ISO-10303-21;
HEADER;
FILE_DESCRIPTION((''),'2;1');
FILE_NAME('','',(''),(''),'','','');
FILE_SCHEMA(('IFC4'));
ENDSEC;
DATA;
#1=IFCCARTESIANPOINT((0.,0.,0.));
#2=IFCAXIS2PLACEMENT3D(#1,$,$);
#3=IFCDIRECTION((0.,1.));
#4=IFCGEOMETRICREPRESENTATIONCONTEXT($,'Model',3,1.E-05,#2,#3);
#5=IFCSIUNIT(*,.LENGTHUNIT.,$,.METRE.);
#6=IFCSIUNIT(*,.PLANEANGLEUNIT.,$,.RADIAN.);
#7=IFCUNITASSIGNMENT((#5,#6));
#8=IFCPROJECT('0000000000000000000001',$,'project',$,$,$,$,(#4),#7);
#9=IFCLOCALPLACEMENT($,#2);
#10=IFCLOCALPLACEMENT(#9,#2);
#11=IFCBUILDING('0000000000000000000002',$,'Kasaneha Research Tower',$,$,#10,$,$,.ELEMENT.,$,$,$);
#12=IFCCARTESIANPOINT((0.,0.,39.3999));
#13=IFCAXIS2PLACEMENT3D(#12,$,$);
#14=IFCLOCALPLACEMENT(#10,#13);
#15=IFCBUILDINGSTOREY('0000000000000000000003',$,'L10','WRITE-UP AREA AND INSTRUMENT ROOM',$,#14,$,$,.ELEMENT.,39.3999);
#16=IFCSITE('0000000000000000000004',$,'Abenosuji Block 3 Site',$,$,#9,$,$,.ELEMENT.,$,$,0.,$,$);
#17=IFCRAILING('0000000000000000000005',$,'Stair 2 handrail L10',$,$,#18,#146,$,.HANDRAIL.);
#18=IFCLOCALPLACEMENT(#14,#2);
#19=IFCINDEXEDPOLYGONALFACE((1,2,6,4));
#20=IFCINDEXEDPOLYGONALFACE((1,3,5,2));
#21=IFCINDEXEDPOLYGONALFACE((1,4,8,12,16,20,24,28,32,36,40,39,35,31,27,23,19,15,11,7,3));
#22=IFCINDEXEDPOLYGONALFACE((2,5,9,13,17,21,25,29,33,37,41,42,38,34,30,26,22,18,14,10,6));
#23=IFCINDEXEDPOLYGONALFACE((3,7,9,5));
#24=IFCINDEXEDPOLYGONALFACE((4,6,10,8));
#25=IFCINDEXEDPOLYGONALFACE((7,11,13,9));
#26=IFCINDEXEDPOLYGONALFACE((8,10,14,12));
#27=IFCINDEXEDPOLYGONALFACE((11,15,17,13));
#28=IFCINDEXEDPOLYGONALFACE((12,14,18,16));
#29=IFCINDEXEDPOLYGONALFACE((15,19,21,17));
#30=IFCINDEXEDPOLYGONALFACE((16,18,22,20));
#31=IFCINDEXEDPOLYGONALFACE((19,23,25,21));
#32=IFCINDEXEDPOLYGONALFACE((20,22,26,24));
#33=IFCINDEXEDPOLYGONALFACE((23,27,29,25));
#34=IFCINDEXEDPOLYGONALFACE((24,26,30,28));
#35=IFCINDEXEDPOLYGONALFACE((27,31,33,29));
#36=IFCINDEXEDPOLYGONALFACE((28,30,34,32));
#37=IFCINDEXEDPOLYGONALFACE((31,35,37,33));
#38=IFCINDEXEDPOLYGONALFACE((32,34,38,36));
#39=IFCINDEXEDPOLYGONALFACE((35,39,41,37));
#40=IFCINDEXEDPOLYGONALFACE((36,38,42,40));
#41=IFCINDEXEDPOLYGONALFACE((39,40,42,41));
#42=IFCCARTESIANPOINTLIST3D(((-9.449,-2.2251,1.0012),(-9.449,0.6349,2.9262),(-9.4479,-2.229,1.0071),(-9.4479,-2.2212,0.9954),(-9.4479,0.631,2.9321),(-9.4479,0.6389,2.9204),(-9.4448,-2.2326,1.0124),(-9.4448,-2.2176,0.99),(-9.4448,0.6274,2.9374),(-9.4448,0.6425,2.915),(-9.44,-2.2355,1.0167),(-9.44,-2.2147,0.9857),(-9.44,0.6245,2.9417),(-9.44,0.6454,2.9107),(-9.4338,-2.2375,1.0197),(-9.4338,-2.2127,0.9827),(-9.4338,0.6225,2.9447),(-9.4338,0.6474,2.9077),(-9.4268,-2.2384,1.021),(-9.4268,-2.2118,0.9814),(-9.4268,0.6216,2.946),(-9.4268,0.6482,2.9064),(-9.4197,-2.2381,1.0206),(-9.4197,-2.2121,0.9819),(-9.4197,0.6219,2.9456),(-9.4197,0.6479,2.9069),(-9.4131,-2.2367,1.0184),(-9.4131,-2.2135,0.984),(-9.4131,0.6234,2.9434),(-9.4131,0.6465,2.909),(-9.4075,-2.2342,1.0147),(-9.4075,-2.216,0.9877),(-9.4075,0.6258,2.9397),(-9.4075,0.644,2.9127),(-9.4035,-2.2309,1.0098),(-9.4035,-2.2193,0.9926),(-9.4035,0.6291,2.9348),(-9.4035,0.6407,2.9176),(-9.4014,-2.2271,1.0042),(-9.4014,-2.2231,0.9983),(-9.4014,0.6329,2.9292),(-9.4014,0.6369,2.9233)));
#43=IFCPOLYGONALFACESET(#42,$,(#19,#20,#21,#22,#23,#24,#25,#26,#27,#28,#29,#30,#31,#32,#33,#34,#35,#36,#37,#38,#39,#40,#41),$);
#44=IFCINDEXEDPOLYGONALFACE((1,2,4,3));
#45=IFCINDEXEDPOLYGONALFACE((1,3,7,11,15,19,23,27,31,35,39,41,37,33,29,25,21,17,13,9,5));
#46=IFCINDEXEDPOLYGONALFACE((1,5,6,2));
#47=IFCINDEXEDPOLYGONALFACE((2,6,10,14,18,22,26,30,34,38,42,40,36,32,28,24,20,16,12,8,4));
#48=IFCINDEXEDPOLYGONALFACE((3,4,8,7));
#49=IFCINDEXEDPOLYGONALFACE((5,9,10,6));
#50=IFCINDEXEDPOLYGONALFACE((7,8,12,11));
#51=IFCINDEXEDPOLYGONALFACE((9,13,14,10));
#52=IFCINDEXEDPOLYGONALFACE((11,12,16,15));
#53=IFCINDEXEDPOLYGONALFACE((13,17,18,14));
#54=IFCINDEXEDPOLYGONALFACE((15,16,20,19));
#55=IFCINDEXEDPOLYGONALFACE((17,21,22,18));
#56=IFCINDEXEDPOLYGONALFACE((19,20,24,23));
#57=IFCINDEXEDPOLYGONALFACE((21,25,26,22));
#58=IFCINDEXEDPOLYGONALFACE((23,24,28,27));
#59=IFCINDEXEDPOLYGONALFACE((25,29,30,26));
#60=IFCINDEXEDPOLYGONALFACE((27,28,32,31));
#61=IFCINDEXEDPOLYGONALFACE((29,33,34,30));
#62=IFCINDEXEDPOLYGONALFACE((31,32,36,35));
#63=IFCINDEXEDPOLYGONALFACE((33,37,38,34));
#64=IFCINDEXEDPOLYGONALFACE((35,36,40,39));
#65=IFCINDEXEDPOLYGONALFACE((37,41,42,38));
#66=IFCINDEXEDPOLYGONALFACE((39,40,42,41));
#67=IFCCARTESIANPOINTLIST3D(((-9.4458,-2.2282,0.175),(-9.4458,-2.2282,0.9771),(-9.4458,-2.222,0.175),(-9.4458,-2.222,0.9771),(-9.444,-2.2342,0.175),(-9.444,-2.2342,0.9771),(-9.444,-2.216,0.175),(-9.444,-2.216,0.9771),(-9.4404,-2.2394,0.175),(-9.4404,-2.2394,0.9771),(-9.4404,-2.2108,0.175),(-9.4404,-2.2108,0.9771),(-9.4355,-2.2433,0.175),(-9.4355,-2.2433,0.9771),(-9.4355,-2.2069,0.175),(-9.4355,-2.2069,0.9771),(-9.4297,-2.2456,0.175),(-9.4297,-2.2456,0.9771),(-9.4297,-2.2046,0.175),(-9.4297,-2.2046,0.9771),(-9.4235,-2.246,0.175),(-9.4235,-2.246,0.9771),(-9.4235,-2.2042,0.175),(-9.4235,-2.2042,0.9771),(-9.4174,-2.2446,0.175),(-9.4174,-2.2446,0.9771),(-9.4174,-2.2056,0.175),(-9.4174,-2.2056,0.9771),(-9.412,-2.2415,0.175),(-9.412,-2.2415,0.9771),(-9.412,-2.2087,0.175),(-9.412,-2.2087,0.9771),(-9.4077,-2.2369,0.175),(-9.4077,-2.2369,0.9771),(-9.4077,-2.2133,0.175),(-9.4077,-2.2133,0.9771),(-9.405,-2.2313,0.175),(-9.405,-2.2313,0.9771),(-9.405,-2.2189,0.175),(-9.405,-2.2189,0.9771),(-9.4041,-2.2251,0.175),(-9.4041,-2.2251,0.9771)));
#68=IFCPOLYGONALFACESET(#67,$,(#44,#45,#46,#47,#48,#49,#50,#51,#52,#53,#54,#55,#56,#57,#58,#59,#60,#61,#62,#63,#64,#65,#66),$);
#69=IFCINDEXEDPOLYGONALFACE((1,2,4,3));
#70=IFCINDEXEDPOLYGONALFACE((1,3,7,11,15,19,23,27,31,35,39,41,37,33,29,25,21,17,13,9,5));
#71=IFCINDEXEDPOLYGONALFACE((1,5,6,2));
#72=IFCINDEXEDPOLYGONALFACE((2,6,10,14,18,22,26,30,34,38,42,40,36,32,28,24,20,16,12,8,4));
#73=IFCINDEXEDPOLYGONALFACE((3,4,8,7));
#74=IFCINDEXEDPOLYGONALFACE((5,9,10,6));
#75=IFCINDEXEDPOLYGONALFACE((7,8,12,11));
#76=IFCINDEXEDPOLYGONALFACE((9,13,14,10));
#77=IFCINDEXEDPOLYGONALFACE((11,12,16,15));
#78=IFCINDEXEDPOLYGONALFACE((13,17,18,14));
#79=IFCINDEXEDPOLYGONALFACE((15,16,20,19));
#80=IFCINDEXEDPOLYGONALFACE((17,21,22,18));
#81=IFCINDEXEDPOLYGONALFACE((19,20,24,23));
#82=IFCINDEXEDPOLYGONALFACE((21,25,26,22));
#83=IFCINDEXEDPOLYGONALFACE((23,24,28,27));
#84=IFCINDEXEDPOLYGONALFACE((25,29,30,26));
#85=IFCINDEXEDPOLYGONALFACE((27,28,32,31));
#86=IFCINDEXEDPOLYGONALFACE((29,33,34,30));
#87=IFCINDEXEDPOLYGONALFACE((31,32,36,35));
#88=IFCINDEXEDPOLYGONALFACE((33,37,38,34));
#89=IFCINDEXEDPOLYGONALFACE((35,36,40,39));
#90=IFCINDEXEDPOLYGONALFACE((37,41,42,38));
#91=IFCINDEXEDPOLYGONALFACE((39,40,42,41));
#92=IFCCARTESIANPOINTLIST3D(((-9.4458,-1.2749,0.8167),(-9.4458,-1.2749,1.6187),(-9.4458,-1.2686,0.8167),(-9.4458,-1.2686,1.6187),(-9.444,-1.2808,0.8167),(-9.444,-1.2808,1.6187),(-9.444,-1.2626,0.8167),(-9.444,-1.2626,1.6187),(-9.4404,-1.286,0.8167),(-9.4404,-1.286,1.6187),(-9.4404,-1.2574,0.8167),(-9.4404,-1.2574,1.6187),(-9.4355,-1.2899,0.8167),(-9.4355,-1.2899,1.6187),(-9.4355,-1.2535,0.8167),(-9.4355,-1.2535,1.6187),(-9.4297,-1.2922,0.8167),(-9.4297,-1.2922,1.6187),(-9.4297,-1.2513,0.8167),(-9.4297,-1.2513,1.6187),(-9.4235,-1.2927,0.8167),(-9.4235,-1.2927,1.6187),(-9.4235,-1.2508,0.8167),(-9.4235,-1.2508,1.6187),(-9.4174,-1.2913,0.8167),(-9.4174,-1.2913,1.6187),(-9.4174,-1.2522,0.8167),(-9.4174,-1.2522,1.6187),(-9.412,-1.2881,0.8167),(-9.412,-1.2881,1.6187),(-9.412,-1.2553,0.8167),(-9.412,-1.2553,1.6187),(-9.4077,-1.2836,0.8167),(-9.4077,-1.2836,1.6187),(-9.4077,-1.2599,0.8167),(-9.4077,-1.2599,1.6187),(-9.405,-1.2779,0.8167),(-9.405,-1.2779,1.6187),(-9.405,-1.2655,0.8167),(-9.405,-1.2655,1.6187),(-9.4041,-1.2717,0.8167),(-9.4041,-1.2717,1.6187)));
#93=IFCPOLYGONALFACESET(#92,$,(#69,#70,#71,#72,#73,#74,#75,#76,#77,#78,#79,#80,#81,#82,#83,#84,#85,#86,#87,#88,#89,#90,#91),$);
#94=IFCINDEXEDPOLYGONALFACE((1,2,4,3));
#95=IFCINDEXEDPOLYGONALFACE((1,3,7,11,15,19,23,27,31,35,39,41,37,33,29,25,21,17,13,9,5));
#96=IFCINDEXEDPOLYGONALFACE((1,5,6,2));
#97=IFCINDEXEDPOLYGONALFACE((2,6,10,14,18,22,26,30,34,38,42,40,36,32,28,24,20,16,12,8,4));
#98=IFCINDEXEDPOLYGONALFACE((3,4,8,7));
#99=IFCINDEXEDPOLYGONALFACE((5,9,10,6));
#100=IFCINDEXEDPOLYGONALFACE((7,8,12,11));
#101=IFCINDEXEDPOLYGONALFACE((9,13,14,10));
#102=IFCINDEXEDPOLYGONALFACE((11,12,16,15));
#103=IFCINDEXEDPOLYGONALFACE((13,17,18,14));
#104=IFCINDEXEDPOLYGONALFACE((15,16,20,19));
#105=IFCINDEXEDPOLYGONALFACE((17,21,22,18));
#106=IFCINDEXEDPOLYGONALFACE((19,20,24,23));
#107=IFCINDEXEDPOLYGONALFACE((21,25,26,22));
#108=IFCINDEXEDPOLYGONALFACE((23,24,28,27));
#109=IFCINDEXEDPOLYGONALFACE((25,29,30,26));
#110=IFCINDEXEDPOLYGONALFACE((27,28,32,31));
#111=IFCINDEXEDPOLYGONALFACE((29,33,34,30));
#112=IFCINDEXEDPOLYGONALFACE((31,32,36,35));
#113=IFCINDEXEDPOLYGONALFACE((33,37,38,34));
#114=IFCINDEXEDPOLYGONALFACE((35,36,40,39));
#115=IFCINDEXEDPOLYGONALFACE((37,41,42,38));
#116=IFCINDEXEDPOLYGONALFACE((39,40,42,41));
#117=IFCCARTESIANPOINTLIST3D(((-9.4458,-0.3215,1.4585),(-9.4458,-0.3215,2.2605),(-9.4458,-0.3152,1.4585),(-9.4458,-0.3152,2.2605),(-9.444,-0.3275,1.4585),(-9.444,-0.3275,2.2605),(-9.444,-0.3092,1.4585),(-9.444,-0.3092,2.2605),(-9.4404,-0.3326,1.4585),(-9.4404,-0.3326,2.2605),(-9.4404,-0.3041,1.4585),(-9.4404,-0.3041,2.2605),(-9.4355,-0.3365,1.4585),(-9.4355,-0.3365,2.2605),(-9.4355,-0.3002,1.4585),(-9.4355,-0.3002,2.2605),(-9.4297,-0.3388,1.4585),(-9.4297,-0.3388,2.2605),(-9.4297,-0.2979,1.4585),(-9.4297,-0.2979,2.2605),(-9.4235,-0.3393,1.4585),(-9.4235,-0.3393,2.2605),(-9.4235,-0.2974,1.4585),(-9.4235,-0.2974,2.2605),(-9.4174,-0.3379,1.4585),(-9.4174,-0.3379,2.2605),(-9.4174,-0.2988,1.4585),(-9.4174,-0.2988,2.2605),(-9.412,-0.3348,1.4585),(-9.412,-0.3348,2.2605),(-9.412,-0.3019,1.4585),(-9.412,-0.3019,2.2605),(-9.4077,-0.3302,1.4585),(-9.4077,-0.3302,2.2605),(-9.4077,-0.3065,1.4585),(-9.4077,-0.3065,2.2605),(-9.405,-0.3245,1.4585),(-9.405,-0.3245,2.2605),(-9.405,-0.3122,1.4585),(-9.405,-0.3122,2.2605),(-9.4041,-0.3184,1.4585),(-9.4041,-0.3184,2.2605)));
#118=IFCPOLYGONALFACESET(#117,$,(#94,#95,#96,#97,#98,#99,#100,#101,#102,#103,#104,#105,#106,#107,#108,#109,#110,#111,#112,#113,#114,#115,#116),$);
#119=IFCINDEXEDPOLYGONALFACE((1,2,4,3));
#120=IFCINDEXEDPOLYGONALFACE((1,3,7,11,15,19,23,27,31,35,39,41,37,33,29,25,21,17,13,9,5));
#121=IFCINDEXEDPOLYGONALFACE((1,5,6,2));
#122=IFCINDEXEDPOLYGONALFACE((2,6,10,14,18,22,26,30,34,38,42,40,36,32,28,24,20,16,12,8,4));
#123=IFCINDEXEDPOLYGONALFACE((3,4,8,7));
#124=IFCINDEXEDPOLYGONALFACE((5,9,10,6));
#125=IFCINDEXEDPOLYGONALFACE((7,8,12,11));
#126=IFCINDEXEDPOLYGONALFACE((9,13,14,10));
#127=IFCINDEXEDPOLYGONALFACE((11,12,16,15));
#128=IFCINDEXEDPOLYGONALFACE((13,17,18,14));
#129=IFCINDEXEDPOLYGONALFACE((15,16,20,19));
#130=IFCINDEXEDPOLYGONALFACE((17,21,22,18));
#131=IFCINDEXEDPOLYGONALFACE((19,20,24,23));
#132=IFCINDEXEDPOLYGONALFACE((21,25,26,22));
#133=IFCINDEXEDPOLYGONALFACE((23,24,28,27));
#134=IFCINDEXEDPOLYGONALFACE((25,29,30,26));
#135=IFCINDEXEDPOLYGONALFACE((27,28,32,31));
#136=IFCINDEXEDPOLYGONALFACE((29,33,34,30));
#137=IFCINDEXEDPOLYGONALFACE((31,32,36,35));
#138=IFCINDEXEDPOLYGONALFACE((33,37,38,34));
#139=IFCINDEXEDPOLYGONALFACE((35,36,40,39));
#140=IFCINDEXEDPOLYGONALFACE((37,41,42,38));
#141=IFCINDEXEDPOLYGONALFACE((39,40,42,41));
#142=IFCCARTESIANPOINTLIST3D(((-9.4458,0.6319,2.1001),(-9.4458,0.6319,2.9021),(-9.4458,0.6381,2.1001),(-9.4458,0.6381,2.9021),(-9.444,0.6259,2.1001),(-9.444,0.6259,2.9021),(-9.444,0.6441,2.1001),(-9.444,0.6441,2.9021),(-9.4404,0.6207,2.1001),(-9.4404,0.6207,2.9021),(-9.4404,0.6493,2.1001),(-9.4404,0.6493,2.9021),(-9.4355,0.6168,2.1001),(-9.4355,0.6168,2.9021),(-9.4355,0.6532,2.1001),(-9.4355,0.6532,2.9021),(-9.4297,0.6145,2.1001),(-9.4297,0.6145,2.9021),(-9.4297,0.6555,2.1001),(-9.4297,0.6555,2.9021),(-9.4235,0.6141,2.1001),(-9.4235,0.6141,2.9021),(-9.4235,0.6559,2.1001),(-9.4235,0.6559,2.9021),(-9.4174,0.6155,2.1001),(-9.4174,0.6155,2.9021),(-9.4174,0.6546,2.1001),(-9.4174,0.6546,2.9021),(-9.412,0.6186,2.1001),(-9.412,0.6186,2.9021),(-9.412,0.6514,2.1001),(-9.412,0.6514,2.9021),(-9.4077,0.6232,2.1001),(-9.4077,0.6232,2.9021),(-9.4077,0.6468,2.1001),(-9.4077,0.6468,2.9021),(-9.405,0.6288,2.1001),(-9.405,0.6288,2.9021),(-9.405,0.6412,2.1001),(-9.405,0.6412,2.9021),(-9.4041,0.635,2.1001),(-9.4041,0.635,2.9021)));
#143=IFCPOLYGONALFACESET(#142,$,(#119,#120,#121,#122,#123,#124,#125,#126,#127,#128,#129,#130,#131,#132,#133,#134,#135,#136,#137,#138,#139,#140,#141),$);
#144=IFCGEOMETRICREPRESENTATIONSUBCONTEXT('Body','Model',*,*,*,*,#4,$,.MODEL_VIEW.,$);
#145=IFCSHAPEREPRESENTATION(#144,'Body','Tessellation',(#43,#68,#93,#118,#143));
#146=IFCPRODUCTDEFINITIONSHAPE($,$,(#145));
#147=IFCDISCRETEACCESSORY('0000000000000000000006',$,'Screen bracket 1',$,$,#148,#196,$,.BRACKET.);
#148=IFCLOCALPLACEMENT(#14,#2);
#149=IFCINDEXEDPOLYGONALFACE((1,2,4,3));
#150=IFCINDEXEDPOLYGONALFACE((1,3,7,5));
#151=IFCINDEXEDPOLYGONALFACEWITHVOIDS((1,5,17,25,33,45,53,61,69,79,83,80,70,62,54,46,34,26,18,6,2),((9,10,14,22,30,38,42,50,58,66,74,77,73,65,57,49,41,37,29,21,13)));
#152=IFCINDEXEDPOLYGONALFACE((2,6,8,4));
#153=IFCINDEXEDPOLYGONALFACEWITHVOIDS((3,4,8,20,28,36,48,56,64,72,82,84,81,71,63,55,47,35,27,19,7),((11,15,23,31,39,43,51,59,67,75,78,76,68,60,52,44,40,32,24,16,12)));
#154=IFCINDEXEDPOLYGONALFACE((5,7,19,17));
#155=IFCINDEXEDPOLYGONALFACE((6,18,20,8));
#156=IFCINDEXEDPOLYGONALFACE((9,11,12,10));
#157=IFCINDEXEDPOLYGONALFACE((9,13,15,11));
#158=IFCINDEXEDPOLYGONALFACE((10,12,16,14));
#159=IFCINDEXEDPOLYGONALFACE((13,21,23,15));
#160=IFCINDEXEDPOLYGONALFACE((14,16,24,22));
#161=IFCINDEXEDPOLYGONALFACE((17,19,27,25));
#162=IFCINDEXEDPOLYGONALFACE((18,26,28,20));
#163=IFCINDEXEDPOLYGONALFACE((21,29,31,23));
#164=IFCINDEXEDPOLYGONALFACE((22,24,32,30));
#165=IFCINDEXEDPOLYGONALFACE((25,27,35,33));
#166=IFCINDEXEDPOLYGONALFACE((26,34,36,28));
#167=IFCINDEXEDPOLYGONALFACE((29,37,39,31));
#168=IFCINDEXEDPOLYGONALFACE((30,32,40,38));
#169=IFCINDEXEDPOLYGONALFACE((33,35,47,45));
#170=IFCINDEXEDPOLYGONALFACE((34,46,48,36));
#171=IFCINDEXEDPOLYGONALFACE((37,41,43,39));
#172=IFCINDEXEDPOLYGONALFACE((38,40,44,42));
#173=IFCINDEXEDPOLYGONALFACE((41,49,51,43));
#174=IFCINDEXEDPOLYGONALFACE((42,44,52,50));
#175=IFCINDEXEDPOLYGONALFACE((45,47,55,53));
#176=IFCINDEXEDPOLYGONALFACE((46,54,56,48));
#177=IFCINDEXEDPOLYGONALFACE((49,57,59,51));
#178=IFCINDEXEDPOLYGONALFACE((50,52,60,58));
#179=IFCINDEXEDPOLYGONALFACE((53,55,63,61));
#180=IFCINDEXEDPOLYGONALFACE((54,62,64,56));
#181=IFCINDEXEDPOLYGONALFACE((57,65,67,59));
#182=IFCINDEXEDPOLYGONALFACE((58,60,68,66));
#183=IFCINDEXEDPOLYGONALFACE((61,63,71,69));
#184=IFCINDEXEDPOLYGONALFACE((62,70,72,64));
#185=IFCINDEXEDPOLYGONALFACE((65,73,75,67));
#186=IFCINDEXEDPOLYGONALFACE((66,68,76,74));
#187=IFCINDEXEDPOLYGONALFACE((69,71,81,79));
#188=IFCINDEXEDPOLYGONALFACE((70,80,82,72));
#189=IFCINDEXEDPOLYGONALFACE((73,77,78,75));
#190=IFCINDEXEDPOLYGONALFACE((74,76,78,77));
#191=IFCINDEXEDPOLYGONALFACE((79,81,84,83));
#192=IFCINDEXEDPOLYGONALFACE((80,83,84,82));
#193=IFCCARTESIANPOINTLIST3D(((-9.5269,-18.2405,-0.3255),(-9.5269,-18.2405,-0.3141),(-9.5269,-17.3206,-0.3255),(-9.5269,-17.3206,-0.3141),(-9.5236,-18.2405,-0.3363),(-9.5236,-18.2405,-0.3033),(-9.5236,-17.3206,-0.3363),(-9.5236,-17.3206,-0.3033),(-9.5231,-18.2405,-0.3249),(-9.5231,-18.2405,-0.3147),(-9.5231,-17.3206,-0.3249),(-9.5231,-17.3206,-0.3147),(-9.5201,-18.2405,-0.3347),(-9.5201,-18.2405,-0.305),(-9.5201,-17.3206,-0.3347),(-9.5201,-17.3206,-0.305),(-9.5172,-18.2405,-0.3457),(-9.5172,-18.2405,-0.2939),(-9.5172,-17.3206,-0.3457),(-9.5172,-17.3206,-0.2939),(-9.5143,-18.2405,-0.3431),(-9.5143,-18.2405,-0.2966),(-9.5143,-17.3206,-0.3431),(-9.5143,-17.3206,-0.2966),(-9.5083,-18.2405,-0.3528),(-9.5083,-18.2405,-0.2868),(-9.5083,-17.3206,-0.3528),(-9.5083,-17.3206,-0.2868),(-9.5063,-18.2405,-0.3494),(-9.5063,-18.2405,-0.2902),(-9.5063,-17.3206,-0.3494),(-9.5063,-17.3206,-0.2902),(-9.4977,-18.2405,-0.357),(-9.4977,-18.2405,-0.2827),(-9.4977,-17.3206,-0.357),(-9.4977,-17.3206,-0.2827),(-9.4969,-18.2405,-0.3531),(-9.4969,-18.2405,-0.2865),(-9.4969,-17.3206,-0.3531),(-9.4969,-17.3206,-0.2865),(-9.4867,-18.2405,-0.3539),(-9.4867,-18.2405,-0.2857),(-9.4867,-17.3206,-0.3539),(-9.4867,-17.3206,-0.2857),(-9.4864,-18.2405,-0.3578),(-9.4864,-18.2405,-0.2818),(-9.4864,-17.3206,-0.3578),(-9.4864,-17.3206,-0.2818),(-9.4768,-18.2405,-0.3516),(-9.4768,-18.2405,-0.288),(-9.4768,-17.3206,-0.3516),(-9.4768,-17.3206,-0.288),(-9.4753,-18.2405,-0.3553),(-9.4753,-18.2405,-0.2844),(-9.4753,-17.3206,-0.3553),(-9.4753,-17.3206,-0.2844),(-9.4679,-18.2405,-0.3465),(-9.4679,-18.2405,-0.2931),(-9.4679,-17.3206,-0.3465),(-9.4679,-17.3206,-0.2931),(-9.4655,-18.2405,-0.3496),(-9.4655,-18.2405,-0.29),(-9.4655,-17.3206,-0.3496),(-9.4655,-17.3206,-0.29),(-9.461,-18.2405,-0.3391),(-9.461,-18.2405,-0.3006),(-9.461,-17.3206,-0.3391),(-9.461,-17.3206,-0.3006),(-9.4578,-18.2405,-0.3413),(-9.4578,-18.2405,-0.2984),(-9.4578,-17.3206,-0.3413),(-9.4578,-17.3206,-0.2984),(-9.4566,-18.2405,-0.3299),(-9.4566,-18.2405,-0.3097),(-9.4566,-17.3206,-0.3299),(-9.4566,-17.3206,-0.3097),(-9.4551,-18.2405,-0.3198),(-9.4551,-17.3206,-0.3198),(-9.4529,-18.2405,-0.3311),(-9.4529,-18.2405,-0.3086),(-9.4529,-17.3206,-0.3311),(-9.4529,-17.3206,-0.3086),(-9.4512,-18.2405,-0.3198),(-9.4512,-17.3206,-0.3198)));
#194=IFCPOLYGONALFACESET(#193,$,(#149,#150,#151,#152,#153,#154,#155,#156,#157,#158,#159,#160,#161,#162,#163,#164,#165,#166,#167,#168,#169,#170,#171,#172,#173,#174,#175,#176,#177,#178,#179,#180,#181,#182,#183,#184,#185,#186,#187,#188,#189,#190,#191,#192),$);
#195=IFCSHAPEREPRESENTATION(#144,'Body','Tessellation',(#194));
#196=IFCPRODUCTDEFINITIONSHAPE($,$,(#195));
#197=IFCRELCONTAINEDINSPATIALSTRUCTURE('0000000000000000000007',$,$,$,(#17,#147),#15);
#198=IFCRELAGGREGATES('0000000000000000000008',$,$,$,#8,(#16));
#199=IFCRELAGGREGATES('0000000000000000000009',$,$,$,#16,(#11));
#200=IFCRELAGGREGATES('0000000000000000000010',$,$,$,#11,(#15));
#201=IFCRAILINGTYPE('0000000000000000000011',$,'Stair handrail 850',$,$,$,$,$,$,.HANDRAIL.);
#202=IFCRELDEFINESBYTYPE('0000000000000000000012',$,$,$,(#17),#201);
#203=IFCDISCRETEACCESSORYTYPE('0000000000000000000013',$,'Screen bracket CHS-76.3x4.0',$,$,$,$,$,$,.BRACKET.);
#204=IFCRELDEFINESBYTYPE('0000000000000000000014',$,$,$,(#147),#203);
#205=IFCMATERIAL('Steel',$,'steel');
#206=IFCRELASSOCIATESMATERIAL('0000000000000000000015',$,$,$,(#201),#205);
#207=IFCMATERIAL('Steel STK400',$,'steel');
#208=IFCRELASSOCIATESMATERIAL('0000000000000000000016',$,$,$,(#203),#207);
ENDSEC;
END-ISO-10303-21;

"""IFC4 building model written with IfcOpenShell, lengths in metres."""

from ifc_helpers import new_model, si_unit, direction, frame, origin, origin_2d, place, context, subcontext, project, spatial, circle, hollow_circle, extrude, material, material_profile, profile_set, type_object, element, save


model = new_model("IFC4")

# Units and contexts
model_context = context("Model", 3, precision=1e-05, world=origin(), true_north=direction((0.0, 1.0)))
body_context = subcontext(model_context, "Body", "Model", "MODEL_VIEW")
ifc_project = project(units=[si_unit("LENGTHUNIT", "METRE"), si_unit("PLANEANGLEUNIT", "RADIAN")], contexts=[model_context])

# Site, building, storey
site_placement = place(None, origin())
site = spatial("IfcSite", under=ifc_project, at=site_placement, Name="Abenosuji Block 3 Site", CompositionType="ELEMENT", RefElevation=0.0)
building_placement = place(site_placement, origin())
building = spatial("IfcBuilding", under=site, at=building_placement, Name="Kasaneha Research Tower", CompositionType="ELEMENT")
storey_placement = place(building_placement, frame((0.0, 0.0, 39.3999)))
storey = spatial("IfcBuildingStorey", under=building, at=storey_placement, Name="L10", Description="WRITE-UP AREA AND INSTRUMENT ROOM", CompositionType="ELEMENT", Elevation=39.3999)

# Railing
ifc_material_1 = material(Name="Steel", Category="steel")
railing_type = type_object("IfcRailingType", Name="Stair handrail 850", PredefinedType="HANDRAIL", material=ifc_material_1)
railing_placement = place(storey_placement, frame((-9.425, -2.2251, 0.175)))
element("IfcRailing", 1, at=railing_placement, inside=storey, type_object=railing_type, Name="Stair 2 handrail L10", PredefinedType="HANDRAIL", context=body_context, shape_type="SweptSolid", body=[
    extrude(circle(Radius=0.0239, at=origin_2d()), frame((0.0, 0.0, 0.8262), z_axis=(0.0, 0.829591, 0.558372), x_axis=(-1.0, 0.0, 0.0)), (0.0, 0.0, 1.0), 3.4475),
    extrude(circle(Radius=0.021, at=origin_2d()), origin(), (0.0, 0.0, 1.0), 0.802),
    extrude(circle(Radius=0.021, at=origin_2d()), frame((0.0, 0.9534, 0.6416)), (0.0, 0.0, 1.0), 0.802),
    extrude(circle(Radius=0.021, at=origin_2d()), frame((0.0, 1.9067, 1.2834)), (0.0, 0.0, 1.0), 0.802),
    extrude(circle(Radius=0.021, at=origin_2d()), frame((0.0, 2.8601, 1.925)), (0.0, 0.0, 1.0), 0.802),
])

# Discrete accessory
ifc_material_2 = material(Name="Steel STK400", Category="steel")
ifc_material_profile_1 = material_profile(ifc_material_2, hollow_circle(Radius=0.0381, WallThickness=0.0039, at=origin_2d()), Name="CHS-76.3x4.0")
ifc_profile_set_1 = profile_set([ifc_material_profile_1], Name="Steel STK400")
discrete_accessory_type = type_object("IfcDiscreteAccessoryType", Name="Screen bracket CHS-76.3x4.0", PredefinedType="BRACKET", material=ifc_profile_set_1)
discrete_accessory_placement = place(storey_placement, frame((-9.4893, -17.3206, -0.3198), z_axis=(0.0, -1.0, 0.0), x_axis=(1.0, 0.0, 0.0)))
element("IfcDiscreteAccessory", 2, at=discrete_accessory_placement, inside=storey, type_object=discrete_accessory_type, Name="Screen bracket 1", PredefinedType="BRACKET", context=body_context, shape_type="SweptSolid", body=[
    extrude(hollow_circle(Radius=0.0381, WallThickness=0.0039, at=origin_2d()), origin(), (0.0, 0.0, 1.0), 0.9199),
])

save(model, "model.ifc")
